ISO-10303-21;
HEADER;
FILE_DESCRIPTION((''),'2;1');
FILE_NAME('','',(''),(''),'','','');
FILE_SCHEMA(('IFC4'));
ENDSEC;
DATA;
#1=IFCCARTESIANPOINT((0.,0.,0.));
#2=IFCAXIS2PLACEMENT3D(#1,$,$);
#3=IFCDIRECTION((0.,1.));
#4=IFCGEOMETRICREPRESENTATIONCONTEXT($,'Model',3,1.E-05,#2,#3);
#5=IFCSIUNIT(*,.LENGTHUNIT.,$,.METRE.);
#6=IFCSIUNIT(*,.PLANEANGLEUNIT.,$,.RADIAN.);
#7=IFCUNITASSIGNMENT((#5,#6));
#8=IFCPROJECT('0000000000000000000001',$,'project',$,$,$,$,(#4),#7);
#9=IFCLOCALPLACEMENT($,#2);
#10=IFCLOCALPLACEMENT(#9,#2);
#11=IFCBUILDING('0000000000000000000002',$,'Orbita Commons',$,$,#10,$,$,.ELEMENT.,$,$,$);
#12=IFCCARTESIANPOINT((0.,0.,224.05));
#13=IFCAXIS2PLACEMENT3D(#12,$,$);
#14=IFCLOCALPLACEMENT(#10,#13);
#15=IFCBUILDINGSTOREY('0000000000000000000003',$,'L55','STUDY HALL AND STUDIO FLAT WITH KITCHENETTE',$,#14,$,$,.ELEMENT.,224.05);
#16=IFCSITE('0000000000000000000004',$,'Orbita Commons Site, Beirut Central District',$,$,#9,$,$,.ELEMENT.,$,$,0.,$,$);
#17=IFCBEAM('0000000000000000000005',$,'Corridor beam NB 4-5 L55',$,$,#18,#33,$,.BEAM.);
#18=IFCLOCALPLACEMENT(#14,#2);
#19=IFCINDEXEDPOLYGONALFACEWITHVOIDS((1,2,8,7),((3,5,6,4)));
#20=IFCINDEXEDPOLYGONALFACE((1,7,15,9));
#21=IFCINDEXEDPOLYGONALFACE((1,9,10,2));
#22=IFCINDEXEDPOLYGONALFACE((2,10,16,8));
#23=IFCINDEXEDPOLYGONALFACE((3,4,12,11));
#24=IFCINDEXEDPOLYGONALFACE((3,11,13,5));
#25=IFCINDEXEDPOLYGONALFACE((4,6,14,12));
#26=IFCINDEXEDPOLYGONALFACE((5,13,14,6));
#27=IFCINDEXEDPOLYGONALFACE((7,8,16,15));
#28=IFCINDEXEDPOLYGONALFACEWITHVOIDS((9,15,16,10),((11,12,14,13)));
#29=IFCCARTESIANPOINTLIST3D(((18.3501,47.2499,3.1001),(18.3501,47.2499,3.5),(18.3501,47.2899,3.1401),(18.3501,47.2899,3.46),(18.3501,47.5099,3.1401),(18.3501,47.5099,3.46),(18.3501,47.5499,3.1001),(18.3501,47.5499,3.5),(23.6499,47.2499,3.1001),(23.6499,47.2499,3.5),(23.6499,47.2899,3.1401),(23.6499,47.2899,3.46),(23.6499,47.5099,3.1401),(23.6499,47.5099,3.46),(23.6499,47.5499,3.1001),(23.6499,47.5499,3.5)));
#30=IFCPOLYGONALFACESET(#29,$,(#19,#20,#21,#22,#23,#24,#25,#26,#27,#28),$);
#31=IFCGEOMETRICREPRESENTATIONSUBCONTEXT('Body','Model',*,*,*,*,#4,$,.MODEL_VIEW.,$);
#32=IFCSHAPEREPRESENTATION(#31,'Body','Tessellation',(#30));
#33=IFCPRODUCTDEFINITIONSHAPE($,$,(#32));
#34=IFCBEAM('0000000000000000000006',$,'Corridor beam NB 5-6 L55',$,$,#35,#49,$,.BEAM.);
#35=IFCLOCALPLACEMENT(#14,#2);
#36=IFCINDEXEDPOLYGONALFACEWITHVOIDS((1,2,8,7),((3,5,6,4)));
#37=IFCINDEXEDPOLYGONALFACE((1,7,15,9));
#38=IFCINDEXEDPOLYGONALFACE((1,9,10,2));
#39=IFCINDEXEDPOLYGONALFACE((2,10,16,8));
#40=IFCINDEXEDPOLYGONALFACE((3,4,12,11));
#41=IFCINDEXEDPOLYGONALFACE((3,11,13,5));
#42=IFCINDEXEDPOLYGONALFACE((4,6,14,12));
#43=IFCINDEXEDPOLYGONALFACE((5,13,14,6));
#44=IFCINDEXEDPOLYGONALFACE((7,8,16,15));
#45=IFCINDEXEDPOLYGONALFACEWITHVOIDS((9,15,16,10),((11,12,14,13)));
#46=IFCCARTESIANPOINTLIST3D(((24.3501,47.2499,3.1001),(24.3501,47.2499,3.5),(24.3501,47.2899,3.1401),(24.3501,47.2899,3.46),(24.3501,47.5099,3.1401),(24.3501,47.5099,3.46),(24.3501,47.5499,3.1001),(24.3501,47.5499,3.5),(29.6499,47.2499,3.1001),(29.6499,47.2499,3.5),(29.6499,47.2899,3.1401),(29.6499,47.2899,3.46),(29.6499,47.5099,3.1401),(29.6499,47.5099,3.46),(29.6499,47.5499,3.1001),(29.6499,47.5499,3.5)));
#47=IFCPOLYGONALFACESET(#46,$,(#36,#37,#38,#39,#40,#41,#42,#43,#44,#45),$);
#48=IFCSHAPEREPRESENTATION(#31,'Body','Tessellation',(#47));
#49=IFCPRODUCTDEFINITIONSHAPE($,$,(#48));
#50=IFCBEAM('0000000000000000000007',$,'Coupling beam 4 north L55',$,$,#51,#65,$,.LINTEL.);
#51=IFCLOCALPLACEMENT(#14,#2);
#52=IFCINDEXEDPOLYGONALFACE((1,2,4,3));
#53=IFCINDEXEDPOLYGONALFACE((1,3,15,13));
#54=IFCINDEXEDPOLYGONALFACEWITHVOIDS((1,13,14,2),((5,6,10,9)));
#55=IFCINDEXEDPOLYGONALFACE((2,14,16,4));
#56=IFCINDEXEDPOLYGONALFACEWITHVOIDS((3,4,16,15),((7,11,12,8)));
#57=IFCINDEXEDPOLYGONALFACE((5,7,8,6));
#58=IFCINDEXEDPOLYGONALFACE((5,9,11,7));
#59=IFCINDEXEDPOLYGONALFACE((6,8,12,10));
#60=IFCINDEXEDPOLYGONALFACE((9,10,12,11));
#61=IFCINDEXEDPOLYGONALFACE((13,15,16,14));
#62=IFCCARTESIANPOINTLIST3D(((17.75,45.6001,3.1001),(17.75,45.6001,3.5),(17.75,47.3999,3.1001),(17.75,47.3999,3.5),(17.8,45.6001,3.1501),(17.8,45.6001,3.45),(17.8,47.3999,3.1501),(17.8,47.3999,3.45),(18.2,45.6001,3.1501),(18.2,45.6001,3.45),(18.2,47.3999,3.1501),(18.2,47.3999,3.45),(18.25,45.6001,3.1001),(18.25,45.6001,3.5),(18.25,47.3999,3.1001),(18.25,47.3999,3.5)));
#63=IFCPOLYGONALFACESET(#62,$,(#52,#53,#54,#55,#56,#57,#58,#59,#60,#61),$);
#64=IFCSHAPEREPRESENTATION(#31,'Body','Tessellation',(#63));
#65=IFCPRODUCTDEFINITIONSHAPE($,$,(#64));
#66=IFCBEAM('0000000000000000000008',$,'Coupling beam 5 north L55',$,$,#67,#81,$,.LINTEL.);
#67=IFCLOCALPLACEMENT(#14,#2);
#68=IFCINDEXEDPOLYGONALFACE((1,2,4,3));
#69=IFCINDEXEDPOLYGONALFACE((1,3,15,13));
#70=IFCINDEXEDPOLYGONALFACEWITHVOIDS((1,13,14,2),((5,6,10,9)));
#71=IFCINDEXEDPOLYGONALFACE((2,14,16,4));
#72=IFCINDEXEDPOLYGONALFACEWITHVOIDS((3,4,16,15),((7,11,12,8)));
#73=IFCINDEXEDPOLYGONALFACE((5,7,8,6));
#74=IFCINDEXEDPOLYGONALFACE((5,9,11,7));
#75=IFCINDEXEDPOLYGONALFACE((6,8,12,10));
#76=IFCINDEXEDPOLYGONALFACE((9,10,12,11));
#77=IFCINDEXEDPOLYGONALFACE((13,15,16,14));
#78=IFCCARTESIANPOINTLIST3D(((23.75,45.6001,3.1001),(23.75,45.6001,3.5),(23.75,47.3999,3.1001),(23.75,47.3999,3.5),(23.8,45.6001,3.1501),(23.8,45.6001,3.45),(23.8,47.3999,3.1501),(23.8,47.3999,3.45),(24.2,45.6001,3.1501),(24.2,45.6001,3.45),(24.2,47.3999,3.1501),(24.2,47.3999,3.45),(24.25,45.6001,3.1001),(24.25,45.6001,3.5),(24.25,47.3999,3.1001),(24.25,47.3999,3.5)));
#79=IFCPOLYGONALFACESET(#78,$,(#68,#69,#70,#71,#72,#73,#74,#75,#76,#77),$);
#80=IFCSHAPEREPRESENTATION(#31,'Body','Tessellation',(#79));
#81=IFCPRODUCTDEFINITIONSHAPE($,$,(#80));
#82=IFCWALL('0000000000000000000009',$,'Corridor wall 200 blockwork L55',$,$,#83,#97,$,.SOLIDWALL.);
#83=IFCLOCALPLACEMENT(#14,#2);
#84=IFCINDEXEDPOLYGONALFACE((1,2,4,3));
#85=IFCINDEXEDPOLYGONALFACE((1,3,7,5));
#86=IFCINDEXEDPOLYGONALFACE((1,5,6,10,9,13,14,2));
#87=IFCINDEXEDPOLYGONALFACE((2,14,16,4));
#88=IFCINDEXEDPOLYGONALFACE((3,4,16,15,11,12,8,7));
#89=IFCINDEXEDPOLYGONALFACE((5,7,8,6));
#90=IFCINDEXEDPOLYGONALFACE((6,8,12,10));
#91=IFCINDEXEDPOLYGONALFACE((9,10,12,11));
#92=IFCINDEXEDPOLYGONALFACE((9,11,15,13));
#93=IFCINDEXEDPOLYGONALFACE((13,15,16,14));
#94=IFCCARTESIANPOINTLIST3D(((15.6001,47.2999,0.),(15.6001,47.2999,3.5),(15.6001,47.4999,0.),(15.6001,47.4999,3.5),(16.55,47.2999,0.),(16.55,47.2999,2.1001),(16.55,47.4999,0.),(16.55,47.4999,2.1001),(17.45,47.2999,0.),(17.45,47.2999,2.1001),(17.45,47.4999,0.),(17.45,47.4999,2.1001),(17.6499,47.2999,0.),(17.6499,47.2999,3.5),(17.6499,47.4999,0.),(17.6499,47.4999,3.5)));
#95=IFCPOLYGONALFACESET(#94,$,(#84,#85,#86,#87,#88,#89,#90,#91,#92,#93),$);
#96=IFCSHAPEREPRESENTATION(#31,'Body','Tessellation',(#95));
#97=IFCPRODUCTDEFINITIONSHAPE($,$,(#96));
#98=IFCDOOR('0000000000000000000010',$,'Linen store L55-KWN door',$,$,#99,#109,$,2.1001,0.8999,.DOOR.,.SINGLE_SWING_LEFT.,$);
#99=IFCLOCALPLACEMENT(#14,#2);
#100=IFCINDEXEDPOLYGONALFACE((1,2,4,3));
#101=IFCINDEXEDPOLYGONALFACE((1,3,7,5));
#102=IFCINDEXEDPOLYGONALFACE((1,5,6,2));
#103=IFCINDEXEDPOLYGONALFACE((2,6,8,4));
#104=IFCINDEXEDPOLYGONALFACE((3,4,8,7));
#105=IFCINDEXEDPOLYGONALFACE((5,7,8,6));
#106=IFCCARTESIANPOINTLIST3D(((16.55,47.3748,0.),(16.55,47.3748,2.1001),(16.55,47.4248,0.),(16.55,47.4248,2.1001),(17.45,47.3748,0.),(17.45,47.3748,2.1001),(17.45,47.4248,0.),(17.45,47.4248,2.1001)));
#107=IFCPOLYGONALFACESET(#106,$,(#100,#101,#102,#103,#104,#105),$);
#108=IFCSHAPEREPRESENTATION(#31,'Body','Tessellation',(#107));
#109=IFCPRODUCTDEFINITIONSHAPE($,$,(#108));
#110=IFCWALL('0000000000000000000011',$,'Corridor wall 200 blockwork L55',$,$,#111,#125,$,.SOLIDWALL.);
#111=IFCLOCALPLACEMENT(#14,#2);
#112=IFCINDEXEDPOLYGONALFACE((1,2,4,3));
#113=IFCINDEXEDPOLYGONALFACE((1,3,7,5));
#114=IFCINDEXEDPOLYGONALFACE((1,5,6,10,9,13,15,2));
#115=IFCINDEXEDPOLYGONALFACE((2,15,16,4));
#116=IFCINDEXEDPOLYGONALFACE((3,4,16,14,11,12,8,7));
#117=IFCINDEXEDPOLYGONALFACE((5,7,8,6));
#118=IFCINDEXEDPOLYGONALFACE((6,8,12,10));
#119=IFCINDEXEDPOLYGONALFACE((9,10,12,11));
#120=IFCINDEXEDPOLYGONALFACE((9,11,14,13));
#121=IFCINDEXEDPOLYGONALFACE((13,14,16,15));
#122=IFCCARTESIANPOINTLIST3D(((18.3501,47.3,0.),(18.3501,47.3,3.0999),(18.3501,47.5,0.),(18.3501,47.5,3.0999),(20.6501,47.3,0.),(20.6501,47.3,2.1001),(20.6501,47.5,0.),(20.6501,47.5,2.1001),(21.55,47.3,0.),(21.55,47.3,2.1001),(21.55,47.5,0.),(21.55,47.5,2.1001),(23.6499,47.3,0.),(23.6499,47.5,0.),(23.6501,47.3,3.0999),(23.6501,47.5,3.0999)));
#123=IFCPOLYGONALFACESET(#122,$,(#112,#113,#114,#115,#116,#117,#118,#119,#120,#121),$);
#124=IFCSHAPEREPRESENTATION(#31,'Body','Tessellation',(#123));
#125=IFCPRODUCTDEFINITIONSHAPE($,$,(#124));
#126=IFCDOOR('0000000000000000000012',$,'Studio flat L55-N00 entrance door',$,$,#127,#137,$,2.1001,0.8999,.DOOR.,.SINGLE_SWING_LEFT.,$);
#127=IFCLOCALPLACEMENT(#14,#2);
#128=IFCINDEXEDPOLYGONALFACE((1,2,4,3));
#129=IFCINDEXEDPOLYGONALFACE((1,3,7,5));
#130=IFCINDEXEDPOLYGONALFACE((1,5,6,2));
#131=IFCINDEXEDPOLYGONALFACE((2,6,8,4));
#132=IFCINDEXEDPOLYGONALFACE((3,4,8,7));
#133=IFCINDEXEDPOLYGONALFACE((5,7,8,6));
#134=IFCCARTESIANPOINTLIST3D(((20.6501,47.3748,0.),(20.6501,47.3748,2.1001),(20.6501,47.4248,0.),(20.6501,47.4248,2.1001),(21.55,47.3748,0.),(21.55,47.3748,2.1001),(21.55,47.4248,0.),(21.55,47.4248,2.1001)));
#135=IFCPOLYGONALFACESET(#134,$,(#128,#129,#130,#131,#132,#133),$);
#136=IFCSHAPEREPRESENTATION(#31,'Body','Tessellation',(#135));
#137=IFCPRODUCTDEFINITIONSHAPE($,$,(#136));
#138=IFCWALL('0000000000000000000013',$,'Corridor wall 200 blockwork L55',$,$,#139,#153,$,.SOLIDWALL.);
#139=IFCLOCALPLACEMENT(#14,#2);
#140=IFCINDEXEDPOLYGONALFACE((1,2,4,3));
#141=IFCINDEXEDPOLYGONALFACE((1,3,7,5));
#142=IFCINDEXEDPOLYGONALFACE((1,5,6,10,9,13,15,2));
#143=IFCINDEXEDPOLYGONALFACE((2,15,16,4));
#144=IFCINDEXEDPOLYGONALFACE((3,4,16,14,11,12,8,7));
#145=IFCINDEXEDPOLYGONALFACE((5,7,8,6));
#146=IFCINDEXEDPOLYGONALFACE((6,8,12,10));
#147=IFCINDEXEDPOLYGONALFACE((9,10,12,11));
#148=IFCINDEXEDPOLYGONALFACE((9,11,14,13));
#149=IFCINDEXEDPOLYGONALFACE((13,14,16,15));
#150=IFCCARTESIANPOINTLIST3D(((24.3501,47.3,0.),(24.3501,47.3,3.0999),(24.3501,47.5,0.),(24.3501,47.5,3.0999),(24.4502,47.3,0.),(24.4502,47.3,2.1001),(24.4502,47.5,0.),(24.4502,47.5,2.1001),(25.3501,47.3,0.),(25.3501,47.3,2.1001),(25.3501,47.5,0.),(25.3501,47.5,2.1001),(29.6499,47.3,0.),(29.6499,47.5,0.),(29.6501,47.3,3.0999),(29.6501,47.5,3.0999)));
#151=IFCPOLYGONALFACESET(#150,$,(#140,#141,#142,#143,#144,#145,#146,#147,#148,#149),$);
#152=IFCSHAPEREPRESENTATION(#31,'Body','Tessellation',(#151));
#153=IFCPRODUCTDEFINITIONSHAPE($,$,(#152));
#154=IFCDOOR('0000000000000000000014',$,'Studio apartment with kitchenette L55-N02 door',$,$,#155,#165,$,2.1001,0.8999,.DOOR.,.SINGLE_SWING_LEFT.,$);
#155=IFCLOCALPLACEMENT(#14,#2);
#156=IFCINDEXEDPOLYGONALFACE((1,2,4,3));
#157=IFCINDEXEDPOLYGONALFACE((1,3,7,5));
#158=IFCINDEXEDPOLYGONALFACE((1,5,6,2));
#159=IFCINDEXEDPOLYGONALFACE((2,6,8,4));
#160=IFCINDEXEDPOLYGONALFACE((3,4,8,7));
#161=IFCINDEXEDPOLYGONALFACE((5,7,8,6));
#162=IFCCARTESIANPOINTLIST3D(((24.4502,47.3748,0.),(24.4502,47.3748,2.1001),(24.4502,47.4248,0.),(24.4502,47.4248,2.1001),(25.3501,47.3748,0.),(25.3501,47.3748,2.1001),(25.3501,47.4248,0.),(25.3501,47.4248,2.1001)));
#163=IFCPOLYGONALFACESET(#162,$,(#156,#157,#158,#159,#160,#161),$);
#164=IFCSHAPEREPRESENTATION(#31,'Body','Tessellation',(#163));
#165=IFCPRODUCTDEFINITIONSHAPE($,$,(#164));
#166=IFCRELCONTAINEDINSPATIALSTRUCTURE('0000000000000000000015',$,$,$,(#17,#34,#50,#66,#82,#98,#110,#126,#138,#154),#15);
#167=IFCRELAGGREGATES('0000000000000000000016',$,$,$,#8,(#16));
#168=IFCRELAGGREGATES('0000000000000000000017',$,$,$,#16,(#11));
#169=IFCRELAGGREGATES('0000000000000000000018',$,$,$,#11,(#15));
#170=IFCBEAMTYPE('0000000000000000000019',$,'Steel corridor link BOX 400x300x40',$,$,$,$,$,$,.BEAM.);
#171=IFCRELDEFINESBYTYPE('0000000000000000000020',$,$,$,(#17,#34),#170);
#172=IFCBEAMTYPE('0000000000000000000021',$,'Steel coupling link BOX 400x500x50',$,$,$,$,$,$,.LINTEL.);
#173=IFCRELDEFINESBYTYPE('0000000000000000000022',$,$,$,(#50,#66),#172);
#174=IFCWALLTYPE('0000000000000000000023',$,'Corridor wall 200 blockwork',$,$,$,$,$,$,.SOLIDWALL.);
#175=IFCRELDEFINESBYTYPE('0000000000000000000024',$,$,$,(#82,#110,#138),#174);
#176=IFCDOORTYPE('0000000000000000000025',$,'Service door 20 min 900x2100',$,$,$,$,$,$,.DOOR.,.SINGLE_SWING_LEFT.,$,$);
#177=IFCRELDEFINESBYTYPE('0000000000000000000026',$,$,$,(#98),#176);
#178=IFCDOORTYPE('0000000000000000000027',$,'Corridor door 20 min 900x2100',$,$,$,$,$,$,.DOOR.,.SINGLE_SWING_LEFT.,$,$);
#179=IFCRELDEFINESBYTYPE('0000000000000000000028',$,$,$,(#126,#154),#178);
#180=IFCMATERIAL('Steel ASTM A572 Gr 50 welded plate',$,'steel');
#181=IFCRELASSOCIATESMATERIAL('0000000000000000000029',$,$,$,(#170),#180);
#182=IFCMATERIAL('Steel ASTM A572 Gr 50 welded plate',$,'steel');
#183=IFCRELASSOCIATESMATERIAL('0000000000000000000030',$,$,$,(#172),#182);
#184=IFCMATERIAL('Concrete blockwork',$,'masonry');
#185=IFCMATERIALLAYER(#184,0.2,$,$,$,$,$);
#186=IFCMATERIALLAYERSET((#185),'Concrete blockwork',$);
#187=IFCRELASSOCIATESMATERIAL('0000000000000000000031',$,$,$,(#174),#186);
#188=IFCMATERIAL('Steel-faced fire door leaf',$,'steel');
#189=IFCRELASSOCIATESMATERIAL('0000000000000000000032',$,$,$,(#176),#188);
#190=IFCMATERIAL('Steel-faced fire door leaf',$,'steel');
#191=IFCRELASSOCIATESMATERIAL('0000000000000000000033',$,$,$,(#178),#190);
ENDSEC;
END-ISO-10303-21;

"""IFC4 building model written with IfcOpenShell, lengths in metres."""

from ifc_helpers import new_model, si_unit, direction, frame, frame_2d, origin, origin_2d, place, context, subcontext, project, spatial, polyline, rectangle, hollow_rectangle, outline, extrude, material, layer, layer_set, material_profile, profile_set, type_object, element, fill, save


model = new_model("IFC4")

# Units and contexts
model_context = context("Model", 3, precision=1e-05, world=origin(), true_north=direction((0.0, 1.0)))
body_context = subcontext(model_context, "Body", "Model", "MODEL_VIEW")
ifc_project = project(units=[si_unit("LENGTHUNIT", "METRE"), si_unit("PLANEANGLEUNIT", "RADIAN")], contexts=[model_context])

# Site, building, storey
site_placement = place(None, origin())
site = spatial("IfcSite", under=ifc_project, at=site_placement, Name="Orbita Commons Site, Beirut Central District", CompositionType="ELEMENT", RefElevation=0.0)
building_placement = place(site_placement, origin())
building = spatial("IfcBuilding", under=site, at=building_placement, Name="Orbita Commons", CompositionType="ELEMENT")
storey_placement = place(building_placement, frame((0.0, 0.0, 224.05)))
storey = spatial("IfcBuildingStorey", under=building, at=storey_placement, Name="L55", Description="STUDY HALL AND STUDIO FLAT WITH KITCHENETTE", CompositionType="ELEMENT", Elevation=224.05)

# Beams
ifc_material_1 = material(Name="Steel ASTM A572 Gr 50 welded plate", Category="steel")
ifc_material_profile_1 = material_profile(ifc_material_1, hollow_rectangle(XDim=0.3, YDim=0.3999, WallThickness=0.04, at=origin_2d()), Name="BOX 400x300x40")
ifc_profile_set_1 = profile_set([ifc_material_profile_1], Name="Steel ASTM A572 Gr 50 welded plate")
beam_type_1 = type_object("IfcBeamType", Name="Steel corridor link BOX 400x300x40", PredefinedType="BEAM", material=ifc_profile_set_1)
for number, where, z_axis, x_axis, name in (
    (1, (18.3501, 47.3999, 3.3), (1.0, 0.0, 0.0), (0.0, 1.0, 0.0), "Corridor beam NB 4-5 L55"),
    (2, (24.3501, 47.3999, 3.3), (1.0, 0.0, 0.0), (0.0, 1.0, 0.0), "Corridor beam NB 5-6 L55"),
):
    element("IfcBeam", number, at=place(storey_placement, frame(where, z_axis=z_axis, x_axis=x_axis)), inside=storey, type_object=beam_type_1, Name=name, PredefinedType="BEAM", context=body_context, shape_type="SweptSolid", body=[
        extrude(hollow_rectangle(XDim=0.3, YDim=0.3999, WallThickness=0.04, at=origin_2d()), origin(), (0.0, 0.0, 1.0), 5.2998),
    ])
ifc_material_2 = material(Name="Steel ASTM A572 Gr 50 welded plate", Category="steel")
ifc_material_profile_2 = material_profile(ifc_material_2, hollow_rectangle(XDim=0.5, YDim=0.3999, WallThickness=0.05, at=origin_2d()), Name="BOX 400x500x50")
ifc_profile_set_2 = profile_set([ifc_material_profile_2], Name="Steel ASTM A572 Gr 50 welded plate")
beam_type_2 = type_object("IfcBeamType", Name="Steel coupling link BOX 400x500x50", PredefinedType="LINTEL", material=ifc_profile_set_2)
for number, where, z_axis, x_axis, name in (
    (3, (18.0, 45.6001, 3.3), (0.0, 1.0, 0.0), (-1.0, 0.0, 0.0), "Coupling beam 4 north L55"),
    (4, (24.0, 45.6001, 3.3), (0.0, 1.0, 0.0), (-1.0, 0.0, 0.0), "Coupling beam 5 north L55"),
):
    element("IfcBeam", number, at=place(storey_placement, frame(where, z_axis=z_axis, x_axis=x_axis)), inside=storey, type_object=beam_type_2, Name=name, PredefinedType="LINTEL", context=body_context, shape_type="SweptSolid", body=[
        extrude(hollow_rectangle(XDim=0.5, YDim=0.3999, WallThickness=0.05, at=origin_2d()), origin(), (0.0, 0.0, 1.0), 1.7998),
    ])

# Walls, openings, doors
ifc_material_3 = material(Name="Concrete blockwork", Category="masonry")
ifc_layer_1 = layer(ifc_material_3, 0.2)
ifc_layer_set_1 = layer_set([ifc_layer_1], Name="Concrete blockwork")
wall_type_1 = type_object("IfcWallType", Name="Corridor wall 200 blockwork", PredefinedType="SOLIDWALL", material=ifc_layer_set_1)
wall_1_placement = place(storey_placement, frame((15.6001, 47.3999, 0.0), z_axis=(0.0, 0.0, 1.0), x_axis=(1.0, 0.0, 0.0)))
wall_1 = element("IfcWall", 5, at=wall_1_placement, inside=storey, type_object=wall_type_1, Name="Corridor wall 200 blockwork L55", PredefinedType="SOLIDWALL", context=body_context, shape_type="SweptSolid", body=[
    extrude(rectangle(XDim=2.0498, YDim=0.2, at=frame_2d((1.0249, 0.0))), origin(), (0.0, 0.0, 1.0), 3.5),
])
opening_1_placement = place(wall_1_placement, frame((0.95, 0.0, 0.0)))
opening_1 = element("IfcOpeningElement", 6, at=opening_1_placement, cuts=wall_1, PredefinedType="OPENING", context=body_context, shape_type="SweptSolid", body=[
    extrude(rectangle(XDim=0.8999, YDim=2.1001, at=frame_2d((0.45, 1.05))), frame((0.0, 0.1099, 0.0), z_axis=(0.0, -1.0, 0.0), x_axis=(1.0, 0.0, 0.0)), (0.0, 0.0, 1.0), 0.22),
])
ifc_material_4 = material(Name="Steel-faced fire door leaf", Category="steel")
door_type_1 = type_object("IfcDoorType", Name="Service door 20 min 900x2100", OperationType="SINGLE_SWING_LEFT", PredefinedType="DOOR", material=ifc_material_4)
door_1_placement = place(opening_1_placement, origin())
door_1 = element("IfcDoor", 7, at=door_1_placement, inside=storey, type_object=door_type_1, Name="Linen store L55-KWN door", OperationType="SINGLE_SWING_LEFT", OverallHeight=2.1001, OverallWidth=0.8999, PredefinedType="DOOR", context=body_context, shape_type="SweptSolid", body=[
    extrude(rectangle(XDim=0.8999, YDim=2.1001, at=frame_2d((0.45, 1.05))), frame((0.0, 0.0249, 0.0), z_axis=(0.0, -1.0, 0.0), x_axis=(1.0, 0.0, 0.0)), (0.0, 0.0, 1.0), 0.05),
])
fill(opening_1, door_1)
wall_2_placement = place(storey_placement, frame((18.3501, 47.3999, 0.0), z_axis=(0.0, 0.0, 1.0), x_axis=(1.0, 0.0, 0.0)))
wall_2 = element("IfcWall", 8, at=wall_2_placement, inside=storey, type_object=wall_type_1, Name="Corridor wall 200 blockwork L55", PredefinedType="SOLIDWALL", context=body_context, shape_type="SweptSolid", body=[
    extrude(outline(polyline([(0.0, 0.0), (5.2998, 0.0), (5.3, 3.0999), (0.0, 3.0999), (0.0, 0.0)])), frame((0.0, 0.1001, 0.0), z_axis=(0.0, -1.0, 0.0), x_axis=(1.0, 0.0, 0.0)), (0.0, 0.0, 1.0), 0.2),
])
opening_2_placement = place(wall_2_placement, frame((2.3, 0.0, 0.0)))
opening_2 = element("IfcOpeningElement", 9, at=opening_2_placement, cuts=wall_2, PredefinedType="OPENING", context=body_context, shape_type="SweptSolid", body=[
    extrude(rectangle(XDim=0.8999, YDim=2.1001, at=frame_2d((0.45, 1.05))), frame((0.0, 0.1099, 0.0), z_axis=(0.0, -1.0, 0.0), x_axis=(1.0, 0.0, 0.0)), (0.0, 0.0, 1.0), 0.22),
])
ifc_material_5 = material(Name="Steel-faced fire door leaf", Category="steel")
door_type_2 = type_object("IfcDoorType", Name="Corridor door 20 min 900x2100", OperationType="SINGLE_SWING_LEFT", PredefinedType="DOOR", material=ifc_material_5)
door_2_placement = place(opening_2_placement, origin())
door_2 = element("IfcDoor", 10, at=door_2_placement, inside=storey, type_object=door_type_2, Name="Studio flat L55-N00 entrance door", OperationType="SINGLE_SWING_LEFT", OverallHeight=2.1001, OverallWidth=0.8999, PredefinedType="DOOR", context=body_context, shape_type="SweptSolid", body=[
    extrude(rectangle(XDim=0.8999, YDim=2.1001, at=frame_2d((0.45, 1.05))), frame((0.0, 0.0249, 0.0), z_axis=(0.0, -1.0, 0.0), x_axis=(1.0, 0.0, 0.0)), (0.0, 0.0, 1.0), 0.05),
])
fill(opening_2, door_2)
wall_3_placement = place(storey_placement, frame((24.3501, 47.3999, 0.0), z_axis=(0.0, 0.0, 1.0), x_axis=(1.0, 0.0, 0.0)))
wall_3 = element("IfcWall", 11, at=wall_3_placement, inside=storey, type_object=wall_type_1, Name="Corridor wall 200 blockwork L55", PredefinedType="SOLIDWALL", context=body_context, shape_type="SweptSolid", body=[
    extrude(outline(polyline([(0.0, 0.0), (5.2998, 0.0), (5.3, 3.0999), (0.0, 3.0999), (0.0, 0.0)])), frame((0.0, 0.1001, 0.0), z_axis=(0.0, -1.0, 0.0), x_axis=(1.0, 0.0, 0.0)), (0.0, 0.0, 1.0), 0.2),
])
opening_3_placement = place(wall_3_placement, frame((0.1001, 0.0, 0.0)))
opening_3 = element("IfcOpeningElement", 12, at=opening_3_placement, cuts=wall_3, PredefinedType="OPENING", context=body_context, shape_type="SweptSolid", body=[
    extrude(rectangle(XDim=0.8999, YDim=2.1001, at=frame_2d((0.45, 1.05))), frame((0.0, 0.1099, 0.0), z_axis=(0.0, -1.0, 0.0), x_axis=(1.0, 0.0, 0.0)), (0.0, 0.0, 1.0), 0.22),
])
door_3_placement = place(opening_3_placement, origin())
door_3 = element("IfcDoor", 13, at=door_3_placement, inside=storey, type_object=door_type_2, Name="Studio apartment with kitchenette L55-N02 door", OperationType="SINGLE_SWING_LEFT", OverallHeight=2.1001, OverallWidth=0.8999, PredefinedType="DOOR", context=body_context, shape_type="SweptSolid", body=[
    extrude(rectangle(XDim=0.8999, YDim=2.1001, at=frame_2d((0.45, 1.05))), frame((0.0, 0.0249, 0.0), z_axis=(0.0, -1.0, 0.0), x_axis=(1.0, 0.0, 0.0)), (0.0, 0.0, 1.0), 0.05),
])
fill(opening_3, door_3)

save(model, "model.ifc")
